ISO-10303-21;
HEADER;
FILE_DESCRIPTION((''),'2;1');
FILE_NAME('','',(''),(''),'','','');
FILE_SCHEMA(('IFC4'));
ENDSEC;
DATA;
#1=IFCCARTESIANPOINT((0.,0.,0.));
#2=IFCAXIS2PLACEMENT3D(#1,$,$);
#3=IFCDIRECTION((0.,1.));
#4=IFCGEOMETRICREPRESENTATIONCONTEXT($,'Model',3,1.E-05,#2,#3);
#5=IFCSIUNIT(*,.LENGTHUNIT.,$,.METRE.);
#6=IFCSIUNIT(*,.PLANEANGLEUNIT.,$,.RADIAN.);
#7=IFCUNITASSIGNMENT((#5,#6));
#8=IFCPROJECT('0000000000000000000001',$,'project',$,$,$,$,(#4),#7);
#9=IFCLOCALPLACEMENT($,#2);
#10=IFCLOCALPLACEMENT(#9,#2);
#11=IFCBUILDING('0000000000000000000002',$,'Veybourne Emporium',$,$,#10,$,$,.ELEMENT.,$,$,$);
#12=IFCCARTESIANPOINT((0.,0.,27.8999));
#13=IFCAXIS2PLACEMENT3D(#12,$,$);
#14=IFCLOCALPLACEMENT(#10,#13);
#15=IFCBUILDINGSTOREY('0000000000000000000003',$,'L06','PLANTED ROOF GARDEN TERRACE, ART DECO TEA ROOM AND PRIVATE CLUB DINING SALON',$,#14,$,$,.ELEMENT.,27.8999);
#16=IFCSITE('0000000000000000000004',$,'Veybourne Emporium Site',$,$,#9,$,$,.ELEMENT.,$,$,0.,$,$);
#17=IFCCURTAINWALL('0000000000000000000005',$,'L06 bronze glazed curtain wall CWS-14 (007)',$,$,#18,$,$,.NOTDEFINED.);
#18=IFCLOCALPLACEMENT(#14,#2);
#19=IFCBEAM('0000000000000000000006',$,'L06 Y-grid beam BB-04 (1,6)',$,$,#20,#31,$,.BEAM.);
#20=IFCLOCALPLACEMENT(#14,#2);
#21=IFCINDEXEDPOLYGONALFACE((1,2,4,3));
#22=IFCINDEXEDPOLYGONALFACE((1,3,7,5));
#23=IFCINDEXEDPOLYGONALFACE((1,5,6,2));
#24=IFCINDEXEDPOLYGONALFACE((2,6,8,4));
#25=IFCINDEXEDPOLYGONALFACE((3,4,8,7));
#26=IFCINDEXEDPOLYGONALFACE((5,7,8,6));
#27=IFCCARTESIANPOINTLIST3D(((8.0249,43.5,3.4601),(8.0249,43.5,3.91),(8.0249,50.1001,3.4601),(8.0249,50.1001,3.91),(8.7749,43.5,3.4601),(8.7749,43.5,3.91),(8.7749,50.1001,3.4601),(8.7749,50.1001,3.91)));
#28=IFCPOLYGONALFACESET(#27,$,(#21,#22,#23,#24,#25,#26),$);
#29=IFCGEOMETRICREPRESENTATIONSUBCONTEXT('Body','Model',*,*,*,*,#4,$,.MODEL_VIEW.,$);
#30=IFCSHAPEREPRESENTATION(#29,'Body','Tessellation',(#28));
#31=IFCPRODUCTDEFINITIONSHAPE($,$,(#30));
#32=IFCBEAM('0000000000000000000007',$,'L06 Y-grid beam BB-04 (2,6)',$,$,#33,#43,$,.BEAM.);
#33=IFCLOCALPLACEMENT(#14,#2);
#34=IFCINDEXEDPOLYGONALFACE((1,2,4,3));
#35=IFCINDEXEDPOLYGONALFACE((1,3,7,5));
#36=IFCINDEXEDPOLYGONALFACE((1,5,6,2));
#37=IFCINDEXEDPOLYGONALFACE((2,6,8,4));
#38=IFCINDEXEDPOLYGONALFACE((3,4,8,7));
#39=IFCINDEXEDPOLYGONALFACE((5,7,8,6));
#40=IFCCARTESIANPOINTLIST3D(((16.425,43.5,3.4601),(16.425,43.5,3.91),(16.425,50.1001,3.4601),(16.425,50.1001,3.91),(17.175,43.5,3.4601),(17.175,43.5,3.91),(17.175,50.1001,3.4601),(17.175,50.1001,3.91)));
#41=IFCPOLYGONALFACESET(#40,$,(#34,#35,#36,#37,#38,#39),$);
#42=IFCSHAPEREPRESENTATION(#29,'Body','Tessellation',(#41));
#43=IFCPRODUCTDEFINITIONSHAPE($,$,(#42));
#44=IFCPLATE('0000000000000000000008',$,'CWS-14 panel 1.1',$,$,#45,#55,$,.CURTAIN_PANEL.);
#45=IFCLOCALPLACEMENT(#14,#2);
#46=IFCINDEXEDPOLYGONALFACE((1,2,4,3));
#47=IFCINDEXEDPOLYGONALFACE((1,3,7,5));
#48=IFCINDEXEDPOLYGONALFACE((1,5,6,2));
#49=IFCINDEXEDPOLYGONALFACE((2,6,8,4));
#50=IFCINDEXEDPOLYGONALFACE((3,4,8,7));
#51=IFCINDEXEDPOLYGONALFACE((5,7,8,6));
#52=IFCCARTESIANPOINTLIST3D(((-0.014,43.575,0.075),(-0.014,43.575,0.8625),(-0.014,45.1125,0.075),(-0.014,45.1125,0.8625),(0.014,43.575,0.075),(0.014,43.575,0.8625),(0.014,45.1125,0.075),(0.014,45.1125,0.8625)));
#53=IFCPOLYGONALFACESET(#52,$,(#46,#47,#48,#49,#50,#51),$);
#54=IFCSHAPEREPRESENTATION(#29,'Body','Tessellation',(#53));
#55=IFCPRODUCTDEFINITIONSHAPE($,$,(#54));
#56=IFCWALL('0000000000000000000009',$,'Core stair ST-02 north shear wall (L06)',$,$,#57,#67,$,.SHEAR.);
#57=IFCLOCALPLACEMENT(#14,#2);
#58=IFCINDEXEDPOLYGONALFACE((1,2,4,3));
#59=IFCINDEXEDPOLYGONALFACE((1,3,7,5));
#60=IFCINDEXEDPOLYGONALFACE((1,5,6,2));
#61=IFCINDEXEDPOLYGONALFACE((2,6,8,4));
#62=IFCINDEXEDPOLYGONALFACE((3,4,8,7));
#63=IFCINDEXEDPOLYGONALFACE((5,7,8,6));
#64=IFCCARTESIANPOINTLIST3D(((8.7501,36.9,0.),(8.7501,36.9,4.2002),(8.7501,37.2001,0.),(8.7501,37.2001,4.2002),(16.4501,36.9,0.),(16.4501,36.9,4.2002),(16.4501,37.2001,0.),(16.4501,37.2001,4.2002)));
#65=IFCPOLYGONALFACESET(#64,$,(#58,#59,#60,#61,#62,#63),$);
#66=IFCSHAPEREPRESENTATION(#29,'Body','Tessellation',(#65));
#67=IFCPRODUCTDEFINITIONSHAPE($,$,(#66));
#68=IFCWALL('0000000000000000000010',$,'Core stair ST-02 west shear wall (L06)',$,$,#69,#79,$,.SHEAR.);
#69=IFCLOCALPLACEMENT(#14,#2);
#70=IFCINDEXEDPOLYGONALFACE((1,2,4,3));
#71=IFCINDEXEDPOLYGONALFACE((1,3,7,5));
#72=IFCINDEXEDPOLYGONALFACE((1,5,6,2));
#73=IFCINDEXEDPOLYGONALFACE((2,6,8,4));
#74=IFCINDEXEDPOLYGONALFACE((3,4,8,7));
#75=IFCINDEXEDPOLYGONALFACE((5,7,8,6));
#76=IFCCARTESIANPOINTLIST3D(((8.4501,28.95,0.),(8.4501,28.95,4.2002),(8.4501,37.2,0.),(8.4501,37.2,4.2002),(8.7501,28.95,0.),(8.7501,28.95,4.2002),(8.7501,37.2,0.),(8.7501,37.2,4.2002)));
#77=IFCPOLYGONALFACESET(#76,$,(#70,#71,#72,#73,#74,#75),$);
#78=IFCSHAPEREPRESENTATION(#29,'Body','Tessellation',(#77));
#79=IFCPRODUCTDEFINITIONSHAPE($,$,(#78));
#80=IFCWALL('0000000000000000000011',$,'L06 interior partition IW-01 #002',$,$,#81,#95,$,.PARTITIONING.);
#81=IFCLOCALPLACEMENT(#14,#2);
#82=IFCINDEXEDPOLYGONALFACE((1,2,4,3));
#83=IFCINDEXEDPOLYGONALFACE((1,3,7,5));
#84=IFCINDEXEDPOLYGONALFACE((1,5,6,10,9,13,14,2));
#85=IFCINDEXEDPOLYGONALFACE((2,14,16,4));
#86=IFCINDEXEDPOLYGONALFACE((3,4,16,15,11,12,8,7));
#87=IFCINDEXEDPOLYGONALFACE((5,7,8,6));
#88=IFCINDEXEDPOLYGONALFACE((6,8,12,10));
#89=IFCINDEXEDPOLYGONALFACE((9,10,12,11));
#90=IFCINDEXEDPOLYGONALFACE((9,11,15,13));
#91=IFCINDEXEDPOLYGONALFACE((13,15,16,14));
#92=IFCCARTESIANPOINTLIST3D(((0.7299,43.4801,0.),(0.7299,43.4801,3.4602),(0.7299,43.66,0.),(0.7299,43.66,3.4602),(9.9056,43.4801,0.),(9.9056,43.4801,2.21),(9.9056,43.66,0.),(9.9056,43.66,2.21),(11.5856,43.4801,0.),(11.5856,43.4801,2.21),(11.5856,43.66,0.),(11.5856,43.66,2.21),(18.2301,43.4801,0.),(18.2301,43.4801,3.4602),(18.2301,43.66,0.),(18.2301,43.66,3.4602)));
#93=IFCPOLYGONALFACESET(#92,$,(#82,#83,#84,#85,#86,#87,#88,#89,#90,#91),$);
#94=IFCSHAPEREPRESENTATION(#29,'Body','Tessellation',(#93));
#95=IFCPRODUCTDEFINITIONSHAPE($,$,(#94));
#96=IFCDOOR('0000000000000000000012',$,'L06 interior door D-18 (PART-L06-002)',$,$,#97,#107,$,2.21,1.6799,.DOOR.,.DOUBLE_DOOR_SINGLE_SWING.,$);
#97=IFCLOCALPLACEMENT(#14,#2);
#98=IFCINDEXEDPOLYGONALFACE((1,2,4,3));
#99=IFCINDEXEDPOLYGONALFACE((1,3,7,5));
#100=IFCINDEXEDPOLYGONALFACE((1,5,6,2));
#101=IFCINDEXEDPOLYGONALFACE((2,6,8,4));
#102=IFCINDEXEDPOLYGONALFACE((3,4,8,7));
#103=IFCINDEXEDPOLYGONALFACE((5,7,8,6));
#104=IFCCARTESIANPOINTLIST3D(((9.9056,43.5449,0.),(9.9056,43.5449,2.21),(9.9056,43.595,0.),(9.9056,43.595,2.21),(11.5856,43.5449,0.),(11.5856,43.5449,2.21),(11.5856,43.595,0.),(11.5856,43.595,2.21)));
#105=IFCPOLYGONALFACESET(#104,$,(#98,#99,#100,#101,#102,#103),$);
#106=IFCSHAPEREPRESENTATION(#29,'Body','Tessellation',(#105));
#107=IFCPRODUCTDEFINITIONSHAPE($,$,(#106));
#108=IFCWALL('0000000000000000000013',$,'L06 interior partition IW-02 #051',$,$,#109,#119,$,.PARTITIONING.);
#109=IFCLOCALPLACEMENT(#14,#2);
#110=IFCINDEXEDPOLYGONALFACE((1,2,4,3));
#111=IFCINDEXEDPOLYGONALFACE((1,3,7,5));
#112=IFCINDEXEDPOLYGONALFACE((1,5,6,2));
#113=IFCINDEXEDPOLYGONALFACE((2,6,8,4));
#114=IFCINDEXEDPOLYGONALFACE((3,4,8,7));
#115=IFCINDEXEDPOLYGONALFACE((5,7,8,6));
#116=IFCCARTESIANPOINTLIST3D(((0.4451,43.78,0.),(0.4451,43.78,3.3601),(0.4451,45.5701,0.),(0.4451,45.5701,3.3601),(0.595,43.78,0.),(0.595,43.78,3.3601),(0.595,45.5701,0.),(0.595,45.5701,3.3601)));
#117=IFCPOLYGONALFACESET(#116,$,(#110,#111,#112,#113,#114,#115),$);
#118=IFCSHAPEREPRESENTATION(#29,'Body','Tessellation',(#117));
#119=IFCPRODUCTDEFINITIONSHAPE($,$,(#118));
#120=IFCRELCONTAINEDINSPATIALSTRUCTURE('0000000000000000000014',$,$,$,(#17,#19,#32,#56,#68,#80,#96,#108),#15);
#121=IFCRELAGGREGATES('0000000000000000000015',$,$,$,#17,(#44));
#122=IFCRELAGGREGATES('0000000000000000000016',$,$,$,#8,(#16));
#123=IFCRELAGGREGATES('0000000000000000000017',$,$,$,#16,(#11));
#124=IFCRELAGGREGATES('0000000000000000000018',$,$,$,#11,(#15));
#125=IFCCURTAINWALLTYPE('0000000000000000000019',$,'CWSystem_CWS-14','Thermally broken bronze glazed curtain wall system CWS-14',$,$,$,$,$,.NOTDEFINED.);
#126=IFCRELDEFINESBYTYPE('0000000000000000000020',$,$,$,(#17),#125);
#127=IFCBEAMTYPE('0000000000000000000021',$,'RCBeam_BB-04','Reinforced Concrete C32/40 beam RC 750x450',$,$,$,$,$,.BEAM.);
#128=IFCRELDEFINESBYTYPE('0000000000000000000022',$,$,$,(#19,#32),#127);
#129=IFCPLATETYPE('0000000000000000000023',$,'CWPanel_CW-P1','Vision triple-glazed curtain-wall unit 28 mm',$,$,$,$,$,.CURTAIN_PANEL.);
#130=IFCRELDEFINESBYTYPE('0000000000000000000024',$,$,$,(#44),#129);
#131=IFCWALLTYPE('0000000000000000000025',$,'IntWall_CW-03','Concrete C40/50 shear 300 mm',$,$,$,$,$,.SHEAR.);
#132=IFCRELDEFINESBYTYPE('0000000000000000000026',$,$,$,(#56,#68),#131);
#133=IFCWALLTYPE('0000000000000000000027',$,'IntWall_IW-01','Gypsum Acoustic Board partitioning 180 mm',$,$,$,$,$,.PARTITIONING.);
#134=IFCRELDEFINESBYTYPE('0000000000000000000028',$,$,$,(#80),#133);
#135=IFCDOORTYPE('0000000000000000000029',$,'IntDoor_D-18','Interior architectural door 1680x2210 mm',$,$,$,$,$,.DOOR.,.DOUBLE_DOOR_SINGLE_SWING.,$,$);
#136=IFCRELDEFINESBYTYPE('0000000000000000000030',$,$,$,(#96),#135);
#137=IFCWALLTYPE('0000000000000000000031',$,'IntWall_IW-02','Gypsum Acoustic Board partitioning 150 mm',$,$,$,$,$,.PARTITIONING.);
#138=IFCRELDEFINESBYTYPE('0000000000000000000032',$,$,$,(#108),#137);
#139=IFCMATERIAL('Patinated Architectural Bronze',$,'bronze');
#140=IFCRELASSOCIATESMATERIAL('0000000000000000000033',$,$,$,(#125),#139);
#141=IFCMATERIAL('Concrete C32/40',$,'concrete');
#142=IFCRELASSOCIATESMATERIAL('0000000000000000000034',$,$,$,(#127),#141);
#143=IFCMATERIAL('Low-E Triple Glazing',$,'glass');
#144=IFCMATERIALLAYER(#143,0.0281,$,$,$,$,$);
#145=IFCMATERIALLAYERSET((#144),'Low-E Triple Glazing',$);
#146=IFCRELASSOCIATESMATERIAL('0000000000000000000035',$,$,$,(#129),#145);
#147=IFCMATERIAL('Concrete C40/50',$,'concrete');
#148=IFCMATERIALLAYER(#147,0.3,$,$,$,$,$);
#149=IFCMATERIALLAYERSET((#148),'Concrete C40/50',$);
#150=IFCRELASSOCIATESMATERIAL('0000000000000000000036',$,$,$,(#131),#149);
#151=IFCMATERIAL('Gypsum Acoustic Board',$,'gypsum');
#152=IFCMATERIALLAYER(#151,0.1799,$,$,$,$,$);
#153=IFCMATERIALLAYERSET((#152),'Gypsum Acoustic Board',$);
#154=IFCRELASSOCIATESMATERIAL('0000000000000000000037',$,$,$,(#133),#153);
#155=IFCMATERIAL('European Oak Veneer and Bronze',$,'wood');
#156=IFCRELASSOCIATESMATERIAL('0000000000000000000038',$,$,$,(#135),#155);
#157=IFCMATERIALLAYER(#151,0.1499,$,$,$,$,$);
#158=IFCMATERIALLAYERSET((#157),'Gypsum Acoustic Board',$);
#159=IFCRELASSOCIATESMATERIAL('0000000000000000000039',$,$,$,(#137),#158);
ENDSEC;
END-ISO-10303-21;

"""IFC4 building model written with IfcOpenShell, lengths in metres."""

from ifc_helpers import new_model, si_unit, direction, frame, frame_2d, origin, origin_2d, place, context, subcontext, project, spatial, rectangle, extrude, material, layer, layer_set, material_profile, profile_set, type_object, element, fill, aggregate, save


model = new_model("IFC4")

# Units and contexts
model_context = context("Model", 3, precision=1e-05, world=origin(), true_north=direction((0.0, 1.0)))
body_context = subcontext(model_context, "Body", "Model", "MODEL_VIEW")
ifc_project = project(units=[si_unit("LENGTHUNIT", "METRE"), si_unit("PLANEANGLEUNIT", "RADIAN")], contexts=[model_context])

# Site, building, storey
site_placement = place(None, origin())
site = spatial("IfcSite", under=ifc_project, at=site_placement, Name="Veybourne Emporium Site", CompositionType="ELEMENT", RefElevation=0.0)
building_placement = place(site_placement, origin())
building = spatial("IfcBuilding", under=site, at=building_placement, Name="Veybourne Emporium", CompositionType="ELEMENT")
storey_placement = place(building_placement, frame((0.0, 0.0, 27.8999)))
storey = spatial("IfcBuildingStorey", under=building, at=storey_placement, Name="L06", Description="PLANTED ROOF GARDEN TERRACE, ART DECO TEA ROOM AND PRIVATE CLUB DINING SALON", CompositionType="ELEMENT", Elevation=27.8999)

# Shared definitions
ifc_material_1 = material(Name="Concrete C40/50", Category="concrete")

# Curtain wall
ifc_material_2 = material(Name="Patinated Architectural Bronze", Category="bronze")
curtain_wall_type = type_object("IfcCurtainWallType", Name="CWSystem_CWS-14", Description="Thermally broken bronze glazed curtain wall system CWS-14", PredefinedType="NOTDEFINED", material=ifc_material_2)
curtain_wall_placement = place(storey_placement, origin())
curtain_wall = element("IfcCurtainWall", 1, at=curtain_wall_placement, inside=storey, type_object=curtain_wall_type, Name="L06 bronze glazed curtain wall CWS-14 (007)", PredefinedType="NOTDEFINED")

# Beams
ifc_material_3 = material(Name="Concrete C32/40", Category="concrete")
ifc_material_profile_1 = material_profile(ifc_material_3, rectangle(XDim=0.75, YDim=0.45, at=origin_2d()), Name="RC 750x450")
ifc_profile_set_1 = profile_set([ifc_material_profile_1], Name="Concrete C32/40")
beam_type_1 = type_object("IfcBeamType", Name="RCBeam_BB-04", Description="Reinforced Concrete C32/40 beam RC 750x450", PredefinedType="BEAM", material=ifc_profile_set_1)
for number, where, z_axis, x_axis, name in (
    (2, (8.3999, 43.5, 3.6851), (0.0, 1.0, 0.0), (-1.0, 0.0, 0.0), "L06 Y-grid beam BB-04 (1,6)"),
    (3, (16.8, 43.5, 3.6851), (0.0, 1.0, 0.0), (-1.0, 0.0, 0.0), "L06 Y-grid beam BB-04 (2,6)"),
):
    element("IfcBeam", number, at=place(storey_placement, frame(where, z_axis=z_axis, x_axis=x_axis)), inside=storey, type_object=beam_type_1, Name=name, PredefinedType="BEAM", context=body_context, shape_type="SweptSolid", body=[
        extrude(rectangle(XDim=0.75, YDim=0.45, at=origin_2d()), origin(), (0.0, 0.0, 1.0), 6.6001),
    ])

# Plate
ifc_material_4 = material(Name="Low-E Triple Glazing", Category="glass")
ifc_layer_1 = layer(ifc_material_4, 0.0281)
ifc_layer_set_1 = layer_set([ifc_layer_1], Name="Low-E Triple Glazing")
plate_type = type_object("IfcPlateType", Name="CWPanel_CW-P1", Description="Vision triple-glazed curtain-wall unit 28 mm", PredefinedType="CURTAIN_PANEL", material=ifc_layer_set_1)
plate_placement = place(storey_placement, frame((0.0, 44.3438, 0.075), z_axis=(0.0, 0.0, 1.0), x_axis=(0.0, 1.0, 0.0)))
plate = element("IfcPlate", 4, at=plate_placement, type_object=plate_type, Name="CWS-14 panel 1.1", PredefinedType="CURTAIN_PANEL", context=body_context, shape_type="SweptSolid", body=[
    extrude(rectangle(XDim=1.5376, YDim=0.0281, at=origin_2d()), origin(), (0.0, 0.0, 1.0), 0.7876),
])
aggregate(curtain_wall, [plate])

# Walls
ifc_layer_2 = layer(ifc_material_1, 0.3)
ifc_layer_set_2 = layer_set([ifc_layer_2], Name="Concrete C40/50")
wall_type_1 = type_object("IfcWallType", Name="IntWall_CW-03", Description="Concrete C40/50 shear 300 mm", PredefinedType="SHEAR", material=ifc_layer_set_2)
wall_1_placement = place(storey_placement, frame((8.75, 37.05, 0.0), z_axis=(0.0, 0.0, 1.0), x_axis=(1.0, 0.0, 0.0)))
element("IfcWall", 5, at=wall_1_placement, inside=storey, type_object=wall_type_1, Name="Core stair ST-02 north shear wall (L06)", PredefinedType="SHEAR", context=body_context, shape_type="SweptSolid", body=[
    extrude(rectangle(XDim=7.7, YDim=0.3, at=frame_2d((3.8501, 0.0))), origin(), (0.0, 0.0, 1.0), 4.2002),
])
wall_2_placement = place(storey_placement, frame((8.6001, 37.2, 0.0), z_axis=(0.0, 0.0, 1.0), x_axis=(0.0, -1.0, 0.0)))
element("IfcWall", 6, at=wall_2_placement, inside=storey, type_object=wall_type_1, Name="Core stair ST-02 west shear wall (L06)", PredefinedType="SHEAR", context=body_context, shape_type="SweptSolid", body=[
    extrude(rectangle(XDim=8.25, YDim=0.3, at=frame_2d((4.125, 0.0))), origin(), (0.0, 0.0, 1.0), 4.2002),
])

# Wall, opening, door
ifc_material_5 = material(Name="Gypsum Acoustic Board", Category="gypsum")
ifc_layer_3 = layer(ifc_material_5, 0.1799)
ifc_layer_set_3 = layer_set([ifc_layer_3], Name="Gypsum Acoustic Board")
wall_type_2 = type_object("IfcWallType", Name="IntWall_IW-01", Description="Gypsum Acoustic Board partitioning 180 mm", PredefinedType="PARTITIONING", material=ifc_layer_set_3)
wall_3_placement = place(storey_placement, frame((0.73, 43.5701, 0.0), z_axis=(0.0, 0.0, 1.0), x_axis=(1.0, 0.0, 0.0)))
wall_3 = element("IfcWall", 7, at=wall_3_placement, inside=storey, type_object=wall_type_2, Name="L06 interior partition IW-01 #002", PredefinedType="PARTITIONING", context=body_context, shape_type="SweptSolid", body=[
    extrude(rectangle(XDim=17.5002, YDim=0.1799, at=frame_2d((8.75, 0.0))), origin(), (0.0, 0.0, 1.0), 3.4602),
])
opening_placement = place(wall_3_placement, frame((9.1758, 0.0, 0.0)))
opening = element("IfcOpeningElement", 8, at=opening_placement, cuts=wall_3, PredefinedType="OPENING", context=body_context, shape_type="SweptSolid", body=[
    extrude(rectangle(XDim=1.6799, YDim=2.21, at=frame_2d((0.8398, 1.105))), frame((0.0, 0.1099, 0.0), z_axis=(0.0, -1.0, 0.0), x_axis=(1.0, 0.0, 0.0)), (0.0, 0.0, 1.0), 0.22),
])
ifc_material_6 = material(Name="European Oak Veneer and Bronze", Category="wood")
door_type = type_object("IfcDoorType", Name="IntDoor_D-18", Description="Interior architectural door 1680x2210 mm", OperationType="DOUBLE_DOOR_SINGLE_SWING", PredefinedType="DOOR", material=ifc_material_6)
door_placement = place(opening_placement, origin())
door = element("IfcDoor", 9, at=door_placement, inside=storey, type_object=door_type, Name="L06 interior door D-18 (PART-L06-002)", OperationType="DOUBLE_DOOR_SINGLE_SWING", OverallHeight=2.21, OverallWidth=1.6799, PredefinedType="DOOR", context=body_context, shape_type="SweptSolid", body=[
    extrude(rectangle(XDim=1.6799, YDim=2.21, at=frame_2d((0.8398, 1.105))), frame((0.0, 0.0249, 0.0), z_axis=(0.0, -1.0, 0.0), x_axis=(1.0, 0.0, 0.0)), (0.0, 0.0, 1.0), 0.05),
])
fill(opening, door)

# Wall
ifc_layer_4 = layer(ifc_material_5, 0.1499)
ifc_layer_set_4 = layer_set([ifc_layer_4], Name="Gypsum Acoustic Board")
wall_type_3 = type_object("IfcWallType", Name="IntWall_IW-02", Description="Gypsum Acoustic Board partitioning 150 mm", PredefinedType="PARTITIONING", material=ifc_layer_set_4)
wall_4_placement = place(storey_placement, frame((0.52, 43.78, 0.0), z_axis=(0.0, 0.0, 1.0), x_axis=(0.0, 1.0, 0.0)))
element("IfcWall", 10, at=wall_4_placement, inside=storey, type_object=wall_type_3, Name="L06 interior partition IW-02 #051", PredefinedType="PARTITIONING", context=body_context, shape_type="SweptSolid", body=[
    extrude(rectangle(XDim=1.79, YDim=0.1499, at=frame_2d((0.895, 0.0))), origin(), (0.0, 0.0, 1.0), 3.3601),
])

save(model, "model.ifc")
